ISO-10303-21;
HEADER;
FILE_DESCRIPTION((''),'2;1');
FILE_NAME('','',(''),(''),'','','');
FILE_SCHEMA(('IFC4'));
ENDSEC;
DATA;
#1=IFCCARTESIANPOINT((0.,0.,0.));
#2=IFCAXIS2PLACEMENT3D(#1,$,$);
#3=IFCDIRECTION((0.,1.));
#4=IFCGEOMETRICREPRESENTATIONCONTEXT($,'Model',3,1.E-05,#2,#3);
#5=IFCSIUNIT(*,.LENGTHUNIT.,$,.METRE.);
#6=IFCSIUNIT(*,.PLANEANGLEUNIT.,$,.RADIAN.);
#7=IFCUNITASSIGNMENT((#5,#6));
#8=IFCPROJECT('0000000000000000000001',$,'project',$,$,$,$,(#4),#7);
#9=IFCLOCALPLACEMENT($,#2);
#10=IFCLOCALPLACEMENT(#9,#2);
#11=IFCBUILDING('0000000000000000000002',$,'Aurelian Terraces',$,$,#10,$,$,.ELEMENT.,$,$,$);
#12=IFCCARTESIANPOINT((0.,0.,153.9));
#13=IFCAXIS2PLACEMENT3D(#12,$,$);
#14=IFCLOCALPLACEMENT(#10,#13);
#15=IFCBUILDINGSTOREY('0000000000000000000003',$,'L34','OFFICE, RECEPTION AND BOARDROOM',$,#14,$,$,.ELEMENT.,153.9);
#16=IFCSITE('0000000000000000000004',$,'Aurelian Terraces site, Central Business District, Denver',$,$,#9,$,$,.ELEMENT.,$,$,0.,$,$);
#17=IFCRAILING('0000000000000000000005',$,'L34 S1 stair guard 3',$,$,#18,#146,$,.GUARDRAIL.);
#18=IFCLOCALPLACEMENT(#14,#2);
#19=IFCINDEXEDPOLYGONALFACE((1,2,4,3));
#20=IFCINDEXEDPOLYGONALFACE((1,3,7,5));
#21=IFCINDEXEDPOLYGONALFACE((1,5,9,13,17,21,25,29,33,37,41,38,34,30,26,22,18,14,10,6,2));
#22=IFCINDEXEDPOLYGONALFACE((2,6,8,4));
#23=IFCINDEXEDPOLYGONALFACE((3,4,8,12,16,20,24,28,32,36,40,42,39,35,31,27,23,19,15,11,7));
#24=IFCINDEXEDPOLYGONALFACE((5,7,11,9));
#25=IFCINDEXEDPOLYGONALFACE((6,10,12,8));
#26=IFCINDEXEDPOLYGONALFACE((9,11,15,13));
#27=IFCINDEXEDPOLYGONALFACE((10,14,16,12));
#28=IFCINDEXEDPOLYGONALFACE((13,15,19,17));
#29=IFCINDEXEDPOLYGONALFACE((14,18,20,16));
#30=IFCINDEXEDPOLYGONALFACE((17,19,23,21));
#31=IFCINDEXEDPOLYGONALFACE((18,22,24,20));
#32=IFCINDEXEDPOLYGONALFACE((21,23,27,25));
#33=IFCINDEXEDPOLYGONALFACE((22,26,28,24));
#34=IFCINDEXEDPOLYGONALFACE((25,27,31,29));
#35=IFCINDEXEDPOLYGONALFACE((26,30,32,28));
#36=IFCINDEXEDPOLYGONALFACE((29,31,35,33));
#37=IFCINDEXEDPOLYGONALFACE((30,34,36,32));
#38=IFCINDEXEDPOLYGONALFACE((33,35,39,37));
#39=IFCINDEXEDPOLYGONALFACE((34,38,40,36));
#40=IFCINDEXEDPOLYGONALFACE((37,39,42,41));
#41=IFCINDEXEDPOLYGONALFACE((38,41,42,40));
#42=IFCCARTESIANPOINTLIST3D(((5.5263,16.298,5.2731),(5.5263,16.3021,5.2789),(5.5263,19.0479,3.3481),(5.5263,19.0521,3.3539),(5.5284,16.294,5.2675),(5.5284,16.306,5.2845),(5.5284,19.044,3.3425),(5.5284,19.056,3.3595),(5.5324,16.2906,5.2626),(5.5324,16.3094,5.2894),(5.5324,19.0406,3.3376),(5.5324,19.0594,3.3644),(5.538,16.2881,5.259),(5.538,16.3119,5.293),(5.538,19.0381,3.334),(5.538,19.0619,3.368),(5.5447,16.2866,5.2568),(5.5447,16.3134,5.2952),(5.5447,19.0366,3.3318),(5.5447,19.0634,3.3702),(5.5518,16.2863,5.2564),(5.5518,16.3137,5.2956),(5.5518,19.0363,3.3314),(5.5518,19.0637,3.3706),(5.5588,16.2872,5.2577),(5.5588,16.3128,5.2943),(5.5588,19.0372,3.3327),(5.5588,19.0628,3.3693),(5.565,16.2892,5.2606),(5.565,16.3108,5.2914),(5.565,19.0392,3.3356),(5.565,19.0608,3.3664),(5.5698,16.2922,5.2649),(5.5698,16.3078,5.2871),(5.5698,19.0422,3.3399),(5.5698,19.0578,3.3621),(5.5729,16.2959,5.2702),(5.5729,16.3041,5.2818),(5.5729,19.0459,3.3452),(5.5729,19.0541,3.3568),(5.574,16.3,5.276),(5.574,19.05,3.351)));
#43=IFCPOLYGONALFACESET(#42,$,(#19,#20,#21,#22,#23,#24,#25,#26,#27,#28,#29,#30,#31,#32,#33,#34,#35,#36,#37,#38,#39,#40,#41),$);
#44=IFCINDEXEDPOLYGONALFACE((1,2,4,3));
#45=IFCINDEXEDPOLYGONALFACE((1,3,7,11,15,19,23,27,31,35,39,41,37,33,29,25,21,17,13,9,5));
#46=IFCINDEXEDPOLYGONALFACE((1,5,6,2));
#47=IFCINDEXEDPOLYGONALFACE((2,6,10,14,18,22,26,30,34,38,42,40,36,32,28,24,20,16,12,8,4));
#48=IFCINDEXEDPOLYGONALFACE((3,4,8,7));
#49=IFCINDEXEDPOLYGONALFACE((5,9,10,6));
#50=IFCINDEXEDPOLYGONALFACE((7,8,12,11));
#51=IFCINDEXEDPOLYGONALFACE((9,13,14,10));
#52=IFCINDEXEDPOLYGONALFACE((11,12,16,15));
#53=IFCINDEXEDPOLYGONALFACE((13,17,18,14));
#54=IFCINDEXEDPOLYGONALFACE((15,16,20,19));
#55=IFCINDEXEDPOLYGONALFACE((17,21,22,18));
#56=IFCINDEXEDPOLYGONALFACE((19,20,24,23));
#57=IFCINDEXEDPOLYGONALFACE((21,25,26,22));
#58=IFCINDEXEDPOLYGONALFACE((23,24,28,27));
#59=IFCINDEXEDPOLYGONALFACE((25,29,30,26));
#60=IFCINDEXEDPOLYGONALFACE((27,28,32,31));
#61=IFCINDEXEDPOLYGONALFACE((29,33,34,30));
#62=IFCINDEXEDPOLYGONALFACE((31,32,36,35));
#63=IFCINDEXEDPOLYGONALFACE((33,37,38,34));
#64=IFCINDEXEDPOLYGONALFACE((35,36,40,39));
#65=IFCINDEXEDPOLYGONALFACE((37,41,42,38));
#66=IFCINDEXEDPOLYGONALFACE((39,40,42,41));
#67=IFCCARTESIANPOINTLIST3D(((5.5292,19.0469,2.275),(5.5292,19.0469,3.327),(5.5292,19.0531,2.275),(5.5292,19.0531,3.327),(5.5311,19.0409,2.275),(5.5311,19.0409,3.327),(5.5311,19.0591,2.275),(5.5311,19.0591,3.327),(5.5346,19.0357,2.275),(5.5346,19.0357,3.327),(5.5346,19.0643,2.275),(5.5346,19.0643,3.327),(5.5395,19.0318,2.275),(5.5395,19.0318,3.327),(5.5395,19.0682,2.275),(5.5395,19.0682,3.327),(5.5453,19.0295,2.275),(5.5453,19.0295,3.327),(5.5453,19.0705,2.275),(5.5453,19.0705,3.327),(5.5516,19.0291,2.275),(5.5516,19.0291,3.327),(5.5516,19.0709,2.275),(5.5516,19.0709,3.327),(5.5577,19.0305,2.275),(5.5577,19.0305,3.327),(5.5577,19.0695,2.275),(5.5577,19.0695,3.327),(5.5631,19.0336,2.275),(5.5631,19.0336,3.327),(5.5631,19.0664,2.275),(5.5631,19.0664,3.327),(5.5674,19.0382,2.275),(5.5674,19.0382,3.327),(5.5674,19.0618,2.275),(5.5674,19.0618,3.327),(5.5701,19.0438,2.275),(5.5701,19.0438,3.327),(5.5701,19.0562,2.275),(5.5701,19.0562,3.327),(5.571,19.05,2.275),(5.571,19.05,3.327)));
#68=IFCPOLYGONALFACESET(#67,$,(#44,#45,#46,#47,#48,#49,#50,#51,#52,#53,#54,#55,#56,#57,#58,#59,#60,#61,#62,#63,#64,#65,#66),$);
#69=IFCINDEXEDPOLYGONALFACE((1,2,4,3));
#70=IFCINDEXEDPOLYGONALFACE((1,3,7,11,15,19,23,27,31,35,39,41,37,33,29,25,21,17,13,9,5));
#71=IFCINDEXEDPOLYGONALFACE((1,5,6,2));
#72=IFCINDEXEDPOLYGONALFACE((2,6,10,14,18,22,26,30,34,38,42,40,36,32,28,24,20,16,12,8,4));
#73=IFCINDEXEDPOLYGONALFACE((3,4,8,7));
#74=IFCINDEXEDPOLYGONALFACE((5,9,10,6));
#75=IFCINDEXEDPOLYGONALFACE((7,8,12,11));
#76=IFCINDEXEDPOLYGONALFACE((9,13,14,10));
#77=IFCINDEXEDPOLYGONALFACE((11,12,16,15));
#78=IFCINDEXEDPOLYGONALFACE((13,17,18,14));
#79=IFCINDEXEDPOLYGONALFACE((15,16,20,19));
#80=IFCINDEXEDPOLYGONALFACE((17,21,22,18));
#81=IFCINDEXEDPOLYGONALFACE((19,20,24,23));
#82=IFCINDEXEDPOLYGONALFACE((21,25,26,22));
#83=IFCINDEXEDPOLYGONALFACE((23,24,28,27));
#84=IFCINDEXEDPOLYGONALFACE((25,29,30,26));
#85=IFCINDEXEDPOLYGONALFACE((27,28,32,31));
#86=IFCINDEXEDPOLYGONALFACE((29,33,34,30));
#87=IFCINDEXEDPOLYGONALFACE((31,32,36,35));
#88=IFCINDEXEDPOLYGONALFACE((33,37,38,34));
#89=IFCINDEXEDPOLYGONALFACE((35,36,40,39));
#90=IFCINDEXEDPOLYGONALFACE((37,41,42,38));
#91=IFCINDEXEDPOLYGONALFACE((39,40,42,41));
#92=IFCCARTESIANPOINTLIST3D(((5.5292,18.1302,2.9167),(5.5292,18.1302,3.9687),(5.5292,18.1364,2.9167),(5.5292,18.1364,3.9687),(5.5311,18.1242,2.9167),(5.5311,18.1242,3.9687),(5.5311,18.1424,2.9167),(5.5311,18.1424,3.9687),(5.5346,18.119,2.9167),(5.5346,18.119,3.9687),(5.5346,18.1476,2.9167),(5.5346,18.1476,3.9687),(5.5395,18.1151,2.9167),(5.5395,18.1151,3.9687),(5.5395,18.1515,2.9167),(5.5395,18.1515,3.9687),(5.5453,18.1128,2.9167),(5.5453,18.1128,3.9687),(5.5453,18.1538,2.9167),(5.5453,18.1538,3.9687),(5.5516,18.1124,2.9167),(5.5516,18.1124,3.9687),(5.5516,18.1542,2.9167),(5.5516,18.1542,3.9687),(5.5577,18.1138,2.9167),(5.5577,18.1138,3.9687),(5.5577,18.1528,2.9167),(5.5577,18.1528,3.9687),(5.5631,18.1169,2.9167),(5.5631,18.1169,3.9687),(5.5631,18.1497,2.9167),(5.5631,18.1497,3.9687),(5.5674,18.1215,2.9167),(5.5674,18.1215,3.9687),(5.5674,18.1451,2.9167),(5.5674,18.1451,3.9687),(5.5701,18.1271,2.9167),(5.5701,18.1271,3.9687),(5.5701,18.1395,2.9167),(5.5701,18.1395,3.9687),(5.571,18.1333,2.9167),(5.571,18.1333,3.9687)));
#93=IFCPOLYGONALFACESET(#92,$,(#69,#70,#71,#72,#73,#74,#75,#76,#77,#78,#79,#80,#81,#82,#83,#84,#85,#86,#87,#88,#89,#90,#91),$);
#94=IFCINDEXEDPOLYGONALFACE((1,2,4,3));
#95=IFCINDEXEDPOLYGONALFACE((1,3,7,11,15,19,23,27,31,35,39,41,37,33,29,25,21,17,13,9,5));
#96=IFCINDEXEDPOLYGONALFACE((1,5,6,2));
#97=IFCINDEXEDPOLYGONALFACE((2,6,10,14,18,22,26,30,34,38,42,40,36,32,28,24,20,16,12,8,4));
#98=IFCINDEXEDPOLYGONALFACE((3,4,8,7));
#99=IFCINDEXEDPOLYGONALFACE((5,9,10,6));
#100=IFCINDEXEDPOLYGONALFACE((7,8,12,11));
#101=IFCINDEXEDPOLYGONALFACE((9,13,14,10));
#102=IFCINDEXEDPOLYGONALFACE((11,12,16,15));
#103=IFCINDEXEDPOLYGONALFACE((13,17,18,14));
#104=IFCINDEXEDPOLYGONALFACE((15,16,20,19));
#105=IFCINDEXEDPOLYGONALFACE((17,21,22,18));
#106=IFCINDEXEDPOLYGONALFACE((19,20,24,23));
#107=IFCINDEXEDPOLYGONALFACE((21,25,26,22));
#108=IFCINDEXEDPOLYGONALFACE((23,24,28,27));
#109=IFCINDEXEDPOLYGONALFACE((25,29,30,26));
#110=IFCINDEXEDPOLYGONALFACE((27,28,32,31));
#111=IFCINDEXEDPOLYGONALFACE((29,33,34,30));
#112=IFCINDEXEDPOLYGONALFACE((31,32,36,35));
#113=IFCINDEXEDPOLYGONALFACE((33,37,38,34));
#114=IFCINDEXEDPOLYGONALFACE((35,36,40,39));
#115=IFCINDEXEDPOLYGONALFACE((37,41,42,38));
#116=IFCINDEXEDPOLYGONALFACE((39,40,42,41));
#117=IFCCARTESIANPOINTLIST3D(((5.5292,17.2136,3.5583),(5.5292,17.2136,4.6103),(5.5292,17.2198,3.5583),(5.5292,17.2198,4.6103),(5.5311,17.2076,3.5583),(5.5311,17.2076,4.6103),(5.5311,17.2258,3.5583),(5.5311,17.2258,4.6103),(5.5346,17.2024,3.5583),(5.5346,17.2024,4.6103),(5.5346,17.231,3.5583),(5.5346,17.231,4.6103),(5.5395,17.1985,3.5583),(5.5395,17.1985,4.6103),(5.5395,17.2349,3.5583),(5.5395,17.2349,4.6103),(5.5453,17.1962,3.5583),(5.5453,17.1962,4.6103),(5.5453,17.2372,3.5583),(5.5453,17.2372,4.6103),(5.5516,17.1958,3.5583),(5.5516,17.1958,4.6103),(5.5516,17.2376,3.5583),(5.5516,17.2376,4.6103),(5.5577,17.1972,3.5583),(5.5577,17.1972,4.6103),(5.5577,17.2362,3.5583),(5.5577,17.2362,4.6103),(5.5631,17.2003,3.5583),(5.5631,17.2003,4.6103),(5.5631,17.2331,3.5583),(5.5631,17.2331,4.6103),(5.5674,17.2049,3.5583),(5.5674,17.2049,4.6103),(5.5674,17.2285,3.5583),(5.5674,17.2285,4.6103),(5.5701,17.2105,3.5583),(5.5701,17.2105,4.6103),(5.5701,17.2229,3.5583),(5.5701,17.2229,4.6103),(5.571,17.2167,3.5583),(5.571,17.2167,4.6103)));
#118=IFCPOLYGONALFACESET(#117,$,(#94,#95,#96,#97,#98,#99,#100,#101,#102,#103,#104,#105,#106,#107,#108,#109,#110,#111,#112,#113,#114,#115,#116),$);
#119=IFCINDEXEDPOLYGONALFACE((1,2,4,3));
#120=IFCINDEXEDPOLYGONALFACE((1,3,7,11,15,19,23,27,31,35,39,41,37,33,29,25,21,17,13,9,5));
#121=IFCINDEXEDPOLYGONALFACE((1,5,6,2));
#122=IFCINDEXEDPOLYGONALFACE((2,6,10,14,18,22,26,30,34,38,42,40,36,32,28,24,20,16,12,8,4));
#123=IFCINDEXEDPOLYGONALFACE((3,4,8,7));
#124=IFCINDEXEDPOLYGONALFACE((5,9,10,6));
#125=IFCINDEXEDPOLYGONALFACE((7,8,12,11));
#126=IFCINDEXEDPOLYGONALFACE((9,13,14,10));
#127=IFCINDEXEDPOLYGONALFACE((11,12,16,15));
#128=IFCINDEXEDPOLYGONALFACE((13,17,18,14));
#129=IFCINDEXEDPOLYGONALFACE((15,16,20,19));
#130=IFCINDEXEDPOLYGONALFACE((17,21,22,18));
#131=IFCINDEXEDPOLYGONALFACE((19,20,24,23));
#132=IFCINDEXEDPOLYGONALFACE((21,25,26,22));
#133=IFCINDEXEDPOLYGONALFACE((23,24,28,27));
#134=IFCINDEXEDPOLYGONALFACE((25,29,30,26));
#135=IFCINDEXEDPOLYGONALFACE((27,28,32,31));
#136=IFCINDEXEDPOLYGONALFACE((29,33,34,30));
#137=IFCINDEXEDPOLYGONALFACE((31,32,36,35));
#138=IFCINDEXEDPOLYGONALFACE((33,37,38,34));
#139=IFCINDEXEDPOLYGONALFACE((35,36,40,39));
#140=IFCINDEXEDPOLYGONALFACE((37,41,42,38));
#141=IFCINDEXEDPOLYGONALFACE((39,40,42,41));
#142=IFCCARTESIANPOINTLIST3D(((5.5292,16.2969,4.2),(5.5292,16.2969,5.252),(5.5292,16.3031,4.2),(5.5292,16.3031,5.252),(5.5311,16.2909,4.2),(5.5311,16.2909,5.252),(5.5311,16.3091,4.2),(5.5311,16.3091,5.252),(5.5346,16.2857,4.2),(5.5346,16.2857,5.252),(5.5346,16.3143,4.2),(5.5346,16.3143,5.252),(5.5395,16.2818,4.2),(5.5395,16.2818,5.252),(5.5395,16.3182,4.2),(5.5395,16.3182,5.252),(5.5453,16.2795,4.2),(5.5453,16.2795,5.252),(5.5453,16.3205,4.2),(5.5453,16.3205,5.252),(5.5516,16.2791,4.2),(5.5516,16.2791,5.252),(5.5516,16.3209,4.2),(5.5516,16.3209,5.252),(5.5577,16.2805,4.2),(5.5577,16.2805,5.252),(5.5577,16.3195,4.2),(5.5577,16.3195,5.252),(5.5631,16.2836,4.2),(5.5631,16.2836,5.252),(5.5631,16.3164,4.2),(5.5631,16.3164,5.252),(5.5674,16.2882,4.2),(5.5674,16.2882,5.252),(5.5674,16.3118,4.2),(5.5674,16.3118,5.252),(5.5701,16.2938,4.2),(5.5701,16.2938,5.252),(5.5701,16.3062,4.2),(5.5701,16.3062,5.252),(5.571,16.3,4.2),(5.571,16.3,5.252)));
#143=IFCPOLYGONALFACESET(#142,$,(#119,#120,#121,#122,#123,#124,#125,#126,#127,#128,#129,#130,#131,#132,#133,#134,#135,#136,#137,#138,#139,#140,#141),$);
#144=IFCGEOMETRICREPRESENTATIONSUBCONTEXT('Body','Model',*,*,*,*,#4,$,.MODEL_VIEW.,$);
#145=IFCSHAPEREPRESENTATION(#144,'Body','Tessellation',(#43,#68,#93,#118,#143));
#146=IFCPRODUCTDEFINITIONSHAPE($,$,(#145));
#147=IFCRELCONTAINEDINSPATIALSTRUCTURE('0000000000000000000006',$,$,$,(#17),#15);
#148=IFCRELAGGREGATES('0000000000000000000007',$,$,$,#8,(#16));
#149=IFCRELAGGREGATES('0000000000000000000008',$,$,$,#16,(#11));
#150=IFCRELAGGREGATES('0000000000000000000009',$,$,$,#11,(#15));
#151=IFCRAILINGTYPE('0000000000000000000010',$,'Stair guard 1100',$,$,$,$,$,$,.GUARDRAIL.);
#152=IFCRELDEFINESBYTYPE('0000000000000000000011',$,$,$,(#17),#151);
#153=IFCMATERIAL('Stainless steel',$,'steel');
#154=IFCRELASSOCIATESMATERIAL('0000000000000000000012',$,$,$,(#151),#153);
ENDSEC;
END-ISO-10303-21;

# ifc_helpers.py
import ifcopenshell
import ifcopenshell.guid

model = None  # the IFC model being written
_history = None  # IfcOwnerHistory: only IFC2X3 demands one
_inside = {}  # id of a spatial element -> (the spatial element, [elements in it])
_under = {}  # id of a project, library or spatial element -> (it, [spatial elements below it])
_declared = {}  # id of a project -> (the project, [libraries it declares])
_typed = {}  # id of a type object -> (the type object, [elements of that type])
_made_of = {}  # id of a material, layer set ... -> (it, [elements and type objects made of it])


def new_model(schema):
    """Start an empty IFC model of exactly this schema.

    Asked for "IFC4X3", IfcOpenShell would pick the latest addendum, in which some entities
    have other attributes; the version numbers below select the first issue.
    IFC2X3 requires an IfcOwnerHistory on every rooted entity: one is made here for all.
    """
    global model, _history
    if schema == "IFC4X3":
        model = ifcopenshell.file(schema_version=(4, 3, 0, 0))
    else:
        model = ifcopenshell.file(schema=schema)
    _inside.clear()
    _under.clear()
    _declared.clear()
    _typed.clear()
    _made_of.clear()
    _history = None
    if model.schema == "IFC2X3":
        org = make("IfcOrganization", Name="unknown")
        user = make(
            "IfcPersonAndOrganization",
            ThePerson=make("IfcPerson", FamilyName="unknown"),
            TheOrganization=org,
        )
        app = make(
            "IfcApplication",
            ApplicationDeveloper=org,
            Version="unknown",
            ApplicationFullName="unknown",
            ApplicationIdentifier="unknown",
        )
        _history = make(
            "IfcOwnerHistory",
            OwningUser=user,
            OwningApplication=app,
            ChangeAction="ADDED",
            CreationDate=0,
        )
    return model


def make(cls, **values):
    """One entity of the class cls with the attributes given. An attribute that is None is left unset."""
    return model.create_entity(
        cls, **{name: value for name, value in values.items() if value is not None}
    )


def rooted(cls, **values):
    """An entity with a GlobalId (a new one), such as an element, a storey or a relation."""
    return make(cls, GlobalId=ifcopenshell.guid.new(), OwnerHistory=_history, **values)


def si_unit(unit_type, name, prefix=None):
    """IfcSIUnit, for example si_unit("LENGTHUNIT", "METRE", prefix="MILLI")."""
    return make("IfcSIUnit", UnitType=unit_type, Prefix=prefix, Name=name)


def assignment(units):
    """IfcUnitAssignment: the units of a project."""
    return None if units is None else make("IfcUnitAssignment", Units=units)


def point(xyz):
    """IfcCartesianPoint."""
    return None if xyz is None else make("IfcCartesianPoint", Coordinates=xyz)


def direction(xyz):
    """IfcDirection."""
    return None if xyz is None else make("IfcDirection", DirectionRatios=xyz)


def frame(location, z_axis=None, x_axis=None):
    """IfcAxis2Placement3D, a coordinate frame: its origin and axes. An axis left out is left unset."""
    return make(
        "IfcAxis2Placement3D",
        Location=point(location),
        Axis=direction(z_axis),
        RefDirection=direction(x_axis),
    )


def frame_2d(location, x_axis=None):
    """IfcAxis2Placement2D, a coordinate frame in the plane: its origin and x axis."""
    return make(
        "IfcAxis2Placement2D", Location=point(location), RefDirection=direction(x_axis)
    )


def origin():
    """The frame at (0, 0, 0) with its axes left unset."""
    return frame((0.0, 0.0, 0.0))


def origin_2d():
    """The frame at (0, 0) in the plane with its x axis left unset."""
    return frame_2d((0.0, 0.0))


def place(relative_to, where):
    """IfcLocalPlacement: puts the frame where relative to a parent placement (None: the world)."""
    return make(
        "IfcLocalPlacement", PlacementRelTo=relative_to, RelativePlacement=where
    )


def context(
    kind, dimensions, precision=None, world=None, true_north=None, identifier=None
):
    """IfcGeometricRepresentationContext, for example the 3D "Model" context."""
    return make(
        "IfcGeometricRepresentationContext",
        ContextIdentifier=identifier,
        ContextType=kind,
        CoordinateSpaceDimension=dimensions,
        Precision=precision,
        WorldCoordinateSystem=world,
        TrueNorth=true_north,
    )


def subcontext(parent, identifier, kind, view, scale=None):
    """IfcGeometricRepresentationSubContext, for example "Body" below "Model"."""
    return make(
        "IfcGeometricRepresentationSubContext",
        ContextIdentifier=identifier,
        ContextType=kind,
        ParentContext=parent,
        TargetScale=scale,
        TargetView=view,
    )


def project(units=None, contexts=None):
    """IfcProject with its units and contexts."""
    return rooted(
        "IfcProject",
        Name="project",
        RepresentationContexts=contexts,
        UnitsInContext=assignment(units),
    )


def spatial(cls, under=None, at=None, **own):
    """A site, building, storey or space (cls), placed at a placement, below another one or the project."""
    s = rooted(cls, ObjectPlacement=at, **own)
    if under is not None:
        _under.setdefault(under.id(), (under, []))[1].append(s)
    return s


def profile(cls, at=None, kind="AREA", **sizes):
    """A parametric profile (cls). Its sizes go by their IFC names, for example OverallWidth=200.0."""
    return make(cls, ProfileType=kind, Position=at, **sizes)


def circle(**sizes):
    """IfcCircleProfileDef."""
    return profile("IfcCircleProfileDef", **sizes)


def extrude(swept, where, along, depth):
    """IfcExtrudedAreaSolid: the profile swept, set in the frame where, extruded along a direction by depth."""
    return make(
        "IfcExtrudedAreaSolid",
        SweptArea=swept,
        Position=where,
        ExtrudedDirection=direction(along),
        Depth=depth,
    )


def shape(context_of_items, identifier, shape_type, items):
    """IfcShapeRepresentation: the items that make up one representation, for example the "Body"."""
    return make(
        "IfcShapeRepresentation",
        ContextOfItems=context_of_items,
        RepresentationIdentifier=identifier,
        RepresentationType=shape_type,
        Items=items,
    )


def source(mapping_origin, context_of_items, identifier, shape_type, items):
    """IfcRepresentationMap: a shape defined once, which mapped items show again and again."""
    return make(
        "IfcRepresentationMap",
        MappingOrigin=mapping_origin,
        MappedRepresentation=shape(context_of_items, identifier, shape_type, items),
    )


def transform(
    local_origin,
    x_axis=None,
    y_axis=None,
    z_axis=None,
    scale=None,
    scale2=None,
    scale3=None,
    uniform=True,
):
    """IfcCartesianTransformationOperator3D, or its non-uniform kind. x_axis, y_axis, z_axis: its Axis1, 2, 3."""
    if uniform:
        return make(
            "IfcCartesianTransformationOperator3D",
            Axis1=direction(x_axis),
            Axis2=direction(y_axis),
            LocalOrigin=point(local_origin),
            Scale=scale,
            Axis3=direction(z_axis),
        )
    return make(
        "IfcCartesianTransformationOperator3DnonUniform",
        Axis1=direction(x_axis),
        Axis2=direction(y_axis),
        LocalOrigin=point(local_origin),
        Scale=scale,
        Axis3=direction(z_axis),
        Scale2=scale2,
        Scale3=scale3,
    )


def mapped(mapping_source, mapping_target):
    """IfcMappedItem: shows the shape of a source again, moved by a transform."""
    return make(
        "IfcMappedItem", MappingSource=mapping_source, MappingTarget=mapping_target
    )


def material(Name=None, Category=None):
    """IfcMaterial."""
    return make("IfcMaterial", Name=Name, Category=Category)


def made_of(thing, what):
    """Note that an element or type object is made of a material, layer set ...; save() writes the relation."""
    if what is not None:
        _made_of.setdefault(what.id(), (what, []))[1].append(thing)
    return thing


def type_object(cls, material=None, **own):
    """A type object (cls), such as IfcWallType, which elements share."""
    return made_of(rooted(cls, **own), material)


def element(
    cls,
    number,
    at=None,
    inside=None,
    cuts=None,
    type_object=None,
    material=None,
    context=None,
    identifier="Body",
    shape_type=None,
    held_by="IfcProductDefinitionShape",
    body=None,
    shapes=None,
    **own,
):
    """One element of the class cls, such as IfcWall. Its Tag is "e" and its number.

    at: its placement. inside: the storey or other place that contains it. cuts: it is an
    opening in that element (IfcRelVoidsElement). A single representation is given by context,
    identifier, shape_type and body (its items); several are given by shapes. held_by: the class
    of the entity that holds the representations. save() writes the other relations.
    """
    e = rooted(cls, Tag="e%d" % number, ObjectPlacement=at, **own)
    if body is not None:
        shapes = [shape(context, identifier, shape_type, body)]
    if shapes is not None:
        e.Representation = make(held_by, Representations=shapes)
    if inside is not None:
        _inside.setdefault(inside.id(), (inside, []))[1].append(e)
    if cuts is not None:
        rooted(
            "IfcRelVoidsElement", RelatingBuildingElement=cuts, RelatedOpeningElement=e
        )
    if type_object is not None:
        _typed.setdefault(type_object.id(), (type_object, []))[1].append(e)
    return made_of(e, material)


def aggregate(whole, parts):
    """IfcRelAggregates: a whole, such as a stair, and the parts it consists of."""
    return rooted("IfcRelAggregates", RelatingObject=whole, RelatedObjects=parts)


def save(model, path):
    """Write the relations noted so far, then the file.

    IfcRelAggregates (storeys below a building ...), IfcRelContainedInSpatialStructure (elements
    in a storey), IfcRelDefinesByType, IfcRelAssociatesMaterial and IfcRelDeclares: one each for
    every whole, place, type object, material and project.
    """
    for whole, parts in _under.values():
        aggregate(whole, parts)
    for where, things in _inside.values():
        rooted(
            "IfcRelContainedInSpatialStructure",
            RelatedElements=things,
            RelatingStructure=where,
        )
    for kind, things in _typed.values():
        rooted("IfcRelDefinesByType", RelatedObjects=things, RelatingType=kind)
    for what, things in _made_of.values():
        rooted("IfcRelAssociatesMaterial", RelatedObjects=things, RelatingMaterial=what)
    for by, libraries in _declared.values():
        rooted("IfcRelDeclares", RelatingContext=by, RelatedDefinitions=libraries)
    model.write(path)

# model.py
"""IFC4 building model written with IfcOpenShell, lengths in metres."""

from ifc_helpers import new_model, si_unit, direction, frame, origin, origin_2d, place, context, subcontext, project, spatial, circle, extrude, source, transform, mapped, material, type_object, element, save


model = new_model("IFC4")

# Units and contexts
model_context = context("Model", 3, precision=1e-05, world=origin(), true_north=direction((0.0, 1.0)))
body_context = subcontext(model_context, "Body", "Model", "MODEL_VIEW")
ifc_project = project(units=[si_unit("LENGTHUNIT", "METRE"), si_unit("PLANEANGLEUNIT", "RADIAN")], contexts=[model_context])

# Site, building, storey
site_placement = place(None, origin())
site = spatial("IfcSite", under=ifc_project, at=site_placement, Name="Aurelian Terraces site, Central Business District, Denver", CompositionType="ELEMENT", RefElevation=0.0)
building_placement = place(site_placement, origin())
building = spatial("IfcBuilding", under=site, at=building_placement, Name="Aurelian Terraces", CompositionType="ELEMENT")
storey_placement = place(building_placement, frame((0.0, 0.0, 153.9)))
storey = spatial("IfcBuildingStorey", under=building, at=storey_placement, Name="L34", Description="OFFICE, RECEPTION AND BOARDROOM", CompositionType="ELEMENT", Elevation=153.9)

# Railing
ifc_material_1 = material(Name="Stainless steel", Category="steel")
railing_type_1 = type_object("IfcRailingType", Name="Stair guard 1100", PredefinedType="GUARDRAIL", material=ifc_material_1)
shared_shape_1 = source(origin(), body_context, "Body", "SweptSolid", [
    extrude(circle(Radius=0.024, at=origin_2d()), frame((0.0, 0.0, 1.076), z_axis=(0.0, -0.819232, 0.573462), x_axis=(1.0, 0.0, 0.0)), (0.0, 0.0, 1.0), 3.3568),
    extrude(circle(Radius=0.021, at=origin_2d()), origin(), (0.0, 0.0, 1.0), 1.052),
    extrude(circle(Radius=0.021, at=origin_2d()), frame((0.0, -0.9167, 0.6417)), (0.0, 0.0, 1.0), 1.052),
    extrude(circle(Radius=0.021, at=origin_2d()), frame((0.0, -1.8333, 1.2833)), (0.0, 0.0, 1.0), 1.052),
    extrude(circle(Radius=0.021, at=origin_2d()), frame((0.0, -2.75, 1.925)), (0.0, 0.0, 1.0), 1.052),
])
railing_1_placement = place(storey_placement, frame((5.55, 19.05, 2.275)))
element("IfcRailing", 1, at=railing_1_placement, inside=storey, type_object=railing_type_1, Name="L34 S1 stair guard 3", PredefinedType="GUARDRAIL", context=body_context, shape_type="MappedRepresentation", body=[
    mapped(shared_shape_1, transform((0.0, 0.0, 0.0), scale=1.0)),
])

save(model, "model.ifc")
